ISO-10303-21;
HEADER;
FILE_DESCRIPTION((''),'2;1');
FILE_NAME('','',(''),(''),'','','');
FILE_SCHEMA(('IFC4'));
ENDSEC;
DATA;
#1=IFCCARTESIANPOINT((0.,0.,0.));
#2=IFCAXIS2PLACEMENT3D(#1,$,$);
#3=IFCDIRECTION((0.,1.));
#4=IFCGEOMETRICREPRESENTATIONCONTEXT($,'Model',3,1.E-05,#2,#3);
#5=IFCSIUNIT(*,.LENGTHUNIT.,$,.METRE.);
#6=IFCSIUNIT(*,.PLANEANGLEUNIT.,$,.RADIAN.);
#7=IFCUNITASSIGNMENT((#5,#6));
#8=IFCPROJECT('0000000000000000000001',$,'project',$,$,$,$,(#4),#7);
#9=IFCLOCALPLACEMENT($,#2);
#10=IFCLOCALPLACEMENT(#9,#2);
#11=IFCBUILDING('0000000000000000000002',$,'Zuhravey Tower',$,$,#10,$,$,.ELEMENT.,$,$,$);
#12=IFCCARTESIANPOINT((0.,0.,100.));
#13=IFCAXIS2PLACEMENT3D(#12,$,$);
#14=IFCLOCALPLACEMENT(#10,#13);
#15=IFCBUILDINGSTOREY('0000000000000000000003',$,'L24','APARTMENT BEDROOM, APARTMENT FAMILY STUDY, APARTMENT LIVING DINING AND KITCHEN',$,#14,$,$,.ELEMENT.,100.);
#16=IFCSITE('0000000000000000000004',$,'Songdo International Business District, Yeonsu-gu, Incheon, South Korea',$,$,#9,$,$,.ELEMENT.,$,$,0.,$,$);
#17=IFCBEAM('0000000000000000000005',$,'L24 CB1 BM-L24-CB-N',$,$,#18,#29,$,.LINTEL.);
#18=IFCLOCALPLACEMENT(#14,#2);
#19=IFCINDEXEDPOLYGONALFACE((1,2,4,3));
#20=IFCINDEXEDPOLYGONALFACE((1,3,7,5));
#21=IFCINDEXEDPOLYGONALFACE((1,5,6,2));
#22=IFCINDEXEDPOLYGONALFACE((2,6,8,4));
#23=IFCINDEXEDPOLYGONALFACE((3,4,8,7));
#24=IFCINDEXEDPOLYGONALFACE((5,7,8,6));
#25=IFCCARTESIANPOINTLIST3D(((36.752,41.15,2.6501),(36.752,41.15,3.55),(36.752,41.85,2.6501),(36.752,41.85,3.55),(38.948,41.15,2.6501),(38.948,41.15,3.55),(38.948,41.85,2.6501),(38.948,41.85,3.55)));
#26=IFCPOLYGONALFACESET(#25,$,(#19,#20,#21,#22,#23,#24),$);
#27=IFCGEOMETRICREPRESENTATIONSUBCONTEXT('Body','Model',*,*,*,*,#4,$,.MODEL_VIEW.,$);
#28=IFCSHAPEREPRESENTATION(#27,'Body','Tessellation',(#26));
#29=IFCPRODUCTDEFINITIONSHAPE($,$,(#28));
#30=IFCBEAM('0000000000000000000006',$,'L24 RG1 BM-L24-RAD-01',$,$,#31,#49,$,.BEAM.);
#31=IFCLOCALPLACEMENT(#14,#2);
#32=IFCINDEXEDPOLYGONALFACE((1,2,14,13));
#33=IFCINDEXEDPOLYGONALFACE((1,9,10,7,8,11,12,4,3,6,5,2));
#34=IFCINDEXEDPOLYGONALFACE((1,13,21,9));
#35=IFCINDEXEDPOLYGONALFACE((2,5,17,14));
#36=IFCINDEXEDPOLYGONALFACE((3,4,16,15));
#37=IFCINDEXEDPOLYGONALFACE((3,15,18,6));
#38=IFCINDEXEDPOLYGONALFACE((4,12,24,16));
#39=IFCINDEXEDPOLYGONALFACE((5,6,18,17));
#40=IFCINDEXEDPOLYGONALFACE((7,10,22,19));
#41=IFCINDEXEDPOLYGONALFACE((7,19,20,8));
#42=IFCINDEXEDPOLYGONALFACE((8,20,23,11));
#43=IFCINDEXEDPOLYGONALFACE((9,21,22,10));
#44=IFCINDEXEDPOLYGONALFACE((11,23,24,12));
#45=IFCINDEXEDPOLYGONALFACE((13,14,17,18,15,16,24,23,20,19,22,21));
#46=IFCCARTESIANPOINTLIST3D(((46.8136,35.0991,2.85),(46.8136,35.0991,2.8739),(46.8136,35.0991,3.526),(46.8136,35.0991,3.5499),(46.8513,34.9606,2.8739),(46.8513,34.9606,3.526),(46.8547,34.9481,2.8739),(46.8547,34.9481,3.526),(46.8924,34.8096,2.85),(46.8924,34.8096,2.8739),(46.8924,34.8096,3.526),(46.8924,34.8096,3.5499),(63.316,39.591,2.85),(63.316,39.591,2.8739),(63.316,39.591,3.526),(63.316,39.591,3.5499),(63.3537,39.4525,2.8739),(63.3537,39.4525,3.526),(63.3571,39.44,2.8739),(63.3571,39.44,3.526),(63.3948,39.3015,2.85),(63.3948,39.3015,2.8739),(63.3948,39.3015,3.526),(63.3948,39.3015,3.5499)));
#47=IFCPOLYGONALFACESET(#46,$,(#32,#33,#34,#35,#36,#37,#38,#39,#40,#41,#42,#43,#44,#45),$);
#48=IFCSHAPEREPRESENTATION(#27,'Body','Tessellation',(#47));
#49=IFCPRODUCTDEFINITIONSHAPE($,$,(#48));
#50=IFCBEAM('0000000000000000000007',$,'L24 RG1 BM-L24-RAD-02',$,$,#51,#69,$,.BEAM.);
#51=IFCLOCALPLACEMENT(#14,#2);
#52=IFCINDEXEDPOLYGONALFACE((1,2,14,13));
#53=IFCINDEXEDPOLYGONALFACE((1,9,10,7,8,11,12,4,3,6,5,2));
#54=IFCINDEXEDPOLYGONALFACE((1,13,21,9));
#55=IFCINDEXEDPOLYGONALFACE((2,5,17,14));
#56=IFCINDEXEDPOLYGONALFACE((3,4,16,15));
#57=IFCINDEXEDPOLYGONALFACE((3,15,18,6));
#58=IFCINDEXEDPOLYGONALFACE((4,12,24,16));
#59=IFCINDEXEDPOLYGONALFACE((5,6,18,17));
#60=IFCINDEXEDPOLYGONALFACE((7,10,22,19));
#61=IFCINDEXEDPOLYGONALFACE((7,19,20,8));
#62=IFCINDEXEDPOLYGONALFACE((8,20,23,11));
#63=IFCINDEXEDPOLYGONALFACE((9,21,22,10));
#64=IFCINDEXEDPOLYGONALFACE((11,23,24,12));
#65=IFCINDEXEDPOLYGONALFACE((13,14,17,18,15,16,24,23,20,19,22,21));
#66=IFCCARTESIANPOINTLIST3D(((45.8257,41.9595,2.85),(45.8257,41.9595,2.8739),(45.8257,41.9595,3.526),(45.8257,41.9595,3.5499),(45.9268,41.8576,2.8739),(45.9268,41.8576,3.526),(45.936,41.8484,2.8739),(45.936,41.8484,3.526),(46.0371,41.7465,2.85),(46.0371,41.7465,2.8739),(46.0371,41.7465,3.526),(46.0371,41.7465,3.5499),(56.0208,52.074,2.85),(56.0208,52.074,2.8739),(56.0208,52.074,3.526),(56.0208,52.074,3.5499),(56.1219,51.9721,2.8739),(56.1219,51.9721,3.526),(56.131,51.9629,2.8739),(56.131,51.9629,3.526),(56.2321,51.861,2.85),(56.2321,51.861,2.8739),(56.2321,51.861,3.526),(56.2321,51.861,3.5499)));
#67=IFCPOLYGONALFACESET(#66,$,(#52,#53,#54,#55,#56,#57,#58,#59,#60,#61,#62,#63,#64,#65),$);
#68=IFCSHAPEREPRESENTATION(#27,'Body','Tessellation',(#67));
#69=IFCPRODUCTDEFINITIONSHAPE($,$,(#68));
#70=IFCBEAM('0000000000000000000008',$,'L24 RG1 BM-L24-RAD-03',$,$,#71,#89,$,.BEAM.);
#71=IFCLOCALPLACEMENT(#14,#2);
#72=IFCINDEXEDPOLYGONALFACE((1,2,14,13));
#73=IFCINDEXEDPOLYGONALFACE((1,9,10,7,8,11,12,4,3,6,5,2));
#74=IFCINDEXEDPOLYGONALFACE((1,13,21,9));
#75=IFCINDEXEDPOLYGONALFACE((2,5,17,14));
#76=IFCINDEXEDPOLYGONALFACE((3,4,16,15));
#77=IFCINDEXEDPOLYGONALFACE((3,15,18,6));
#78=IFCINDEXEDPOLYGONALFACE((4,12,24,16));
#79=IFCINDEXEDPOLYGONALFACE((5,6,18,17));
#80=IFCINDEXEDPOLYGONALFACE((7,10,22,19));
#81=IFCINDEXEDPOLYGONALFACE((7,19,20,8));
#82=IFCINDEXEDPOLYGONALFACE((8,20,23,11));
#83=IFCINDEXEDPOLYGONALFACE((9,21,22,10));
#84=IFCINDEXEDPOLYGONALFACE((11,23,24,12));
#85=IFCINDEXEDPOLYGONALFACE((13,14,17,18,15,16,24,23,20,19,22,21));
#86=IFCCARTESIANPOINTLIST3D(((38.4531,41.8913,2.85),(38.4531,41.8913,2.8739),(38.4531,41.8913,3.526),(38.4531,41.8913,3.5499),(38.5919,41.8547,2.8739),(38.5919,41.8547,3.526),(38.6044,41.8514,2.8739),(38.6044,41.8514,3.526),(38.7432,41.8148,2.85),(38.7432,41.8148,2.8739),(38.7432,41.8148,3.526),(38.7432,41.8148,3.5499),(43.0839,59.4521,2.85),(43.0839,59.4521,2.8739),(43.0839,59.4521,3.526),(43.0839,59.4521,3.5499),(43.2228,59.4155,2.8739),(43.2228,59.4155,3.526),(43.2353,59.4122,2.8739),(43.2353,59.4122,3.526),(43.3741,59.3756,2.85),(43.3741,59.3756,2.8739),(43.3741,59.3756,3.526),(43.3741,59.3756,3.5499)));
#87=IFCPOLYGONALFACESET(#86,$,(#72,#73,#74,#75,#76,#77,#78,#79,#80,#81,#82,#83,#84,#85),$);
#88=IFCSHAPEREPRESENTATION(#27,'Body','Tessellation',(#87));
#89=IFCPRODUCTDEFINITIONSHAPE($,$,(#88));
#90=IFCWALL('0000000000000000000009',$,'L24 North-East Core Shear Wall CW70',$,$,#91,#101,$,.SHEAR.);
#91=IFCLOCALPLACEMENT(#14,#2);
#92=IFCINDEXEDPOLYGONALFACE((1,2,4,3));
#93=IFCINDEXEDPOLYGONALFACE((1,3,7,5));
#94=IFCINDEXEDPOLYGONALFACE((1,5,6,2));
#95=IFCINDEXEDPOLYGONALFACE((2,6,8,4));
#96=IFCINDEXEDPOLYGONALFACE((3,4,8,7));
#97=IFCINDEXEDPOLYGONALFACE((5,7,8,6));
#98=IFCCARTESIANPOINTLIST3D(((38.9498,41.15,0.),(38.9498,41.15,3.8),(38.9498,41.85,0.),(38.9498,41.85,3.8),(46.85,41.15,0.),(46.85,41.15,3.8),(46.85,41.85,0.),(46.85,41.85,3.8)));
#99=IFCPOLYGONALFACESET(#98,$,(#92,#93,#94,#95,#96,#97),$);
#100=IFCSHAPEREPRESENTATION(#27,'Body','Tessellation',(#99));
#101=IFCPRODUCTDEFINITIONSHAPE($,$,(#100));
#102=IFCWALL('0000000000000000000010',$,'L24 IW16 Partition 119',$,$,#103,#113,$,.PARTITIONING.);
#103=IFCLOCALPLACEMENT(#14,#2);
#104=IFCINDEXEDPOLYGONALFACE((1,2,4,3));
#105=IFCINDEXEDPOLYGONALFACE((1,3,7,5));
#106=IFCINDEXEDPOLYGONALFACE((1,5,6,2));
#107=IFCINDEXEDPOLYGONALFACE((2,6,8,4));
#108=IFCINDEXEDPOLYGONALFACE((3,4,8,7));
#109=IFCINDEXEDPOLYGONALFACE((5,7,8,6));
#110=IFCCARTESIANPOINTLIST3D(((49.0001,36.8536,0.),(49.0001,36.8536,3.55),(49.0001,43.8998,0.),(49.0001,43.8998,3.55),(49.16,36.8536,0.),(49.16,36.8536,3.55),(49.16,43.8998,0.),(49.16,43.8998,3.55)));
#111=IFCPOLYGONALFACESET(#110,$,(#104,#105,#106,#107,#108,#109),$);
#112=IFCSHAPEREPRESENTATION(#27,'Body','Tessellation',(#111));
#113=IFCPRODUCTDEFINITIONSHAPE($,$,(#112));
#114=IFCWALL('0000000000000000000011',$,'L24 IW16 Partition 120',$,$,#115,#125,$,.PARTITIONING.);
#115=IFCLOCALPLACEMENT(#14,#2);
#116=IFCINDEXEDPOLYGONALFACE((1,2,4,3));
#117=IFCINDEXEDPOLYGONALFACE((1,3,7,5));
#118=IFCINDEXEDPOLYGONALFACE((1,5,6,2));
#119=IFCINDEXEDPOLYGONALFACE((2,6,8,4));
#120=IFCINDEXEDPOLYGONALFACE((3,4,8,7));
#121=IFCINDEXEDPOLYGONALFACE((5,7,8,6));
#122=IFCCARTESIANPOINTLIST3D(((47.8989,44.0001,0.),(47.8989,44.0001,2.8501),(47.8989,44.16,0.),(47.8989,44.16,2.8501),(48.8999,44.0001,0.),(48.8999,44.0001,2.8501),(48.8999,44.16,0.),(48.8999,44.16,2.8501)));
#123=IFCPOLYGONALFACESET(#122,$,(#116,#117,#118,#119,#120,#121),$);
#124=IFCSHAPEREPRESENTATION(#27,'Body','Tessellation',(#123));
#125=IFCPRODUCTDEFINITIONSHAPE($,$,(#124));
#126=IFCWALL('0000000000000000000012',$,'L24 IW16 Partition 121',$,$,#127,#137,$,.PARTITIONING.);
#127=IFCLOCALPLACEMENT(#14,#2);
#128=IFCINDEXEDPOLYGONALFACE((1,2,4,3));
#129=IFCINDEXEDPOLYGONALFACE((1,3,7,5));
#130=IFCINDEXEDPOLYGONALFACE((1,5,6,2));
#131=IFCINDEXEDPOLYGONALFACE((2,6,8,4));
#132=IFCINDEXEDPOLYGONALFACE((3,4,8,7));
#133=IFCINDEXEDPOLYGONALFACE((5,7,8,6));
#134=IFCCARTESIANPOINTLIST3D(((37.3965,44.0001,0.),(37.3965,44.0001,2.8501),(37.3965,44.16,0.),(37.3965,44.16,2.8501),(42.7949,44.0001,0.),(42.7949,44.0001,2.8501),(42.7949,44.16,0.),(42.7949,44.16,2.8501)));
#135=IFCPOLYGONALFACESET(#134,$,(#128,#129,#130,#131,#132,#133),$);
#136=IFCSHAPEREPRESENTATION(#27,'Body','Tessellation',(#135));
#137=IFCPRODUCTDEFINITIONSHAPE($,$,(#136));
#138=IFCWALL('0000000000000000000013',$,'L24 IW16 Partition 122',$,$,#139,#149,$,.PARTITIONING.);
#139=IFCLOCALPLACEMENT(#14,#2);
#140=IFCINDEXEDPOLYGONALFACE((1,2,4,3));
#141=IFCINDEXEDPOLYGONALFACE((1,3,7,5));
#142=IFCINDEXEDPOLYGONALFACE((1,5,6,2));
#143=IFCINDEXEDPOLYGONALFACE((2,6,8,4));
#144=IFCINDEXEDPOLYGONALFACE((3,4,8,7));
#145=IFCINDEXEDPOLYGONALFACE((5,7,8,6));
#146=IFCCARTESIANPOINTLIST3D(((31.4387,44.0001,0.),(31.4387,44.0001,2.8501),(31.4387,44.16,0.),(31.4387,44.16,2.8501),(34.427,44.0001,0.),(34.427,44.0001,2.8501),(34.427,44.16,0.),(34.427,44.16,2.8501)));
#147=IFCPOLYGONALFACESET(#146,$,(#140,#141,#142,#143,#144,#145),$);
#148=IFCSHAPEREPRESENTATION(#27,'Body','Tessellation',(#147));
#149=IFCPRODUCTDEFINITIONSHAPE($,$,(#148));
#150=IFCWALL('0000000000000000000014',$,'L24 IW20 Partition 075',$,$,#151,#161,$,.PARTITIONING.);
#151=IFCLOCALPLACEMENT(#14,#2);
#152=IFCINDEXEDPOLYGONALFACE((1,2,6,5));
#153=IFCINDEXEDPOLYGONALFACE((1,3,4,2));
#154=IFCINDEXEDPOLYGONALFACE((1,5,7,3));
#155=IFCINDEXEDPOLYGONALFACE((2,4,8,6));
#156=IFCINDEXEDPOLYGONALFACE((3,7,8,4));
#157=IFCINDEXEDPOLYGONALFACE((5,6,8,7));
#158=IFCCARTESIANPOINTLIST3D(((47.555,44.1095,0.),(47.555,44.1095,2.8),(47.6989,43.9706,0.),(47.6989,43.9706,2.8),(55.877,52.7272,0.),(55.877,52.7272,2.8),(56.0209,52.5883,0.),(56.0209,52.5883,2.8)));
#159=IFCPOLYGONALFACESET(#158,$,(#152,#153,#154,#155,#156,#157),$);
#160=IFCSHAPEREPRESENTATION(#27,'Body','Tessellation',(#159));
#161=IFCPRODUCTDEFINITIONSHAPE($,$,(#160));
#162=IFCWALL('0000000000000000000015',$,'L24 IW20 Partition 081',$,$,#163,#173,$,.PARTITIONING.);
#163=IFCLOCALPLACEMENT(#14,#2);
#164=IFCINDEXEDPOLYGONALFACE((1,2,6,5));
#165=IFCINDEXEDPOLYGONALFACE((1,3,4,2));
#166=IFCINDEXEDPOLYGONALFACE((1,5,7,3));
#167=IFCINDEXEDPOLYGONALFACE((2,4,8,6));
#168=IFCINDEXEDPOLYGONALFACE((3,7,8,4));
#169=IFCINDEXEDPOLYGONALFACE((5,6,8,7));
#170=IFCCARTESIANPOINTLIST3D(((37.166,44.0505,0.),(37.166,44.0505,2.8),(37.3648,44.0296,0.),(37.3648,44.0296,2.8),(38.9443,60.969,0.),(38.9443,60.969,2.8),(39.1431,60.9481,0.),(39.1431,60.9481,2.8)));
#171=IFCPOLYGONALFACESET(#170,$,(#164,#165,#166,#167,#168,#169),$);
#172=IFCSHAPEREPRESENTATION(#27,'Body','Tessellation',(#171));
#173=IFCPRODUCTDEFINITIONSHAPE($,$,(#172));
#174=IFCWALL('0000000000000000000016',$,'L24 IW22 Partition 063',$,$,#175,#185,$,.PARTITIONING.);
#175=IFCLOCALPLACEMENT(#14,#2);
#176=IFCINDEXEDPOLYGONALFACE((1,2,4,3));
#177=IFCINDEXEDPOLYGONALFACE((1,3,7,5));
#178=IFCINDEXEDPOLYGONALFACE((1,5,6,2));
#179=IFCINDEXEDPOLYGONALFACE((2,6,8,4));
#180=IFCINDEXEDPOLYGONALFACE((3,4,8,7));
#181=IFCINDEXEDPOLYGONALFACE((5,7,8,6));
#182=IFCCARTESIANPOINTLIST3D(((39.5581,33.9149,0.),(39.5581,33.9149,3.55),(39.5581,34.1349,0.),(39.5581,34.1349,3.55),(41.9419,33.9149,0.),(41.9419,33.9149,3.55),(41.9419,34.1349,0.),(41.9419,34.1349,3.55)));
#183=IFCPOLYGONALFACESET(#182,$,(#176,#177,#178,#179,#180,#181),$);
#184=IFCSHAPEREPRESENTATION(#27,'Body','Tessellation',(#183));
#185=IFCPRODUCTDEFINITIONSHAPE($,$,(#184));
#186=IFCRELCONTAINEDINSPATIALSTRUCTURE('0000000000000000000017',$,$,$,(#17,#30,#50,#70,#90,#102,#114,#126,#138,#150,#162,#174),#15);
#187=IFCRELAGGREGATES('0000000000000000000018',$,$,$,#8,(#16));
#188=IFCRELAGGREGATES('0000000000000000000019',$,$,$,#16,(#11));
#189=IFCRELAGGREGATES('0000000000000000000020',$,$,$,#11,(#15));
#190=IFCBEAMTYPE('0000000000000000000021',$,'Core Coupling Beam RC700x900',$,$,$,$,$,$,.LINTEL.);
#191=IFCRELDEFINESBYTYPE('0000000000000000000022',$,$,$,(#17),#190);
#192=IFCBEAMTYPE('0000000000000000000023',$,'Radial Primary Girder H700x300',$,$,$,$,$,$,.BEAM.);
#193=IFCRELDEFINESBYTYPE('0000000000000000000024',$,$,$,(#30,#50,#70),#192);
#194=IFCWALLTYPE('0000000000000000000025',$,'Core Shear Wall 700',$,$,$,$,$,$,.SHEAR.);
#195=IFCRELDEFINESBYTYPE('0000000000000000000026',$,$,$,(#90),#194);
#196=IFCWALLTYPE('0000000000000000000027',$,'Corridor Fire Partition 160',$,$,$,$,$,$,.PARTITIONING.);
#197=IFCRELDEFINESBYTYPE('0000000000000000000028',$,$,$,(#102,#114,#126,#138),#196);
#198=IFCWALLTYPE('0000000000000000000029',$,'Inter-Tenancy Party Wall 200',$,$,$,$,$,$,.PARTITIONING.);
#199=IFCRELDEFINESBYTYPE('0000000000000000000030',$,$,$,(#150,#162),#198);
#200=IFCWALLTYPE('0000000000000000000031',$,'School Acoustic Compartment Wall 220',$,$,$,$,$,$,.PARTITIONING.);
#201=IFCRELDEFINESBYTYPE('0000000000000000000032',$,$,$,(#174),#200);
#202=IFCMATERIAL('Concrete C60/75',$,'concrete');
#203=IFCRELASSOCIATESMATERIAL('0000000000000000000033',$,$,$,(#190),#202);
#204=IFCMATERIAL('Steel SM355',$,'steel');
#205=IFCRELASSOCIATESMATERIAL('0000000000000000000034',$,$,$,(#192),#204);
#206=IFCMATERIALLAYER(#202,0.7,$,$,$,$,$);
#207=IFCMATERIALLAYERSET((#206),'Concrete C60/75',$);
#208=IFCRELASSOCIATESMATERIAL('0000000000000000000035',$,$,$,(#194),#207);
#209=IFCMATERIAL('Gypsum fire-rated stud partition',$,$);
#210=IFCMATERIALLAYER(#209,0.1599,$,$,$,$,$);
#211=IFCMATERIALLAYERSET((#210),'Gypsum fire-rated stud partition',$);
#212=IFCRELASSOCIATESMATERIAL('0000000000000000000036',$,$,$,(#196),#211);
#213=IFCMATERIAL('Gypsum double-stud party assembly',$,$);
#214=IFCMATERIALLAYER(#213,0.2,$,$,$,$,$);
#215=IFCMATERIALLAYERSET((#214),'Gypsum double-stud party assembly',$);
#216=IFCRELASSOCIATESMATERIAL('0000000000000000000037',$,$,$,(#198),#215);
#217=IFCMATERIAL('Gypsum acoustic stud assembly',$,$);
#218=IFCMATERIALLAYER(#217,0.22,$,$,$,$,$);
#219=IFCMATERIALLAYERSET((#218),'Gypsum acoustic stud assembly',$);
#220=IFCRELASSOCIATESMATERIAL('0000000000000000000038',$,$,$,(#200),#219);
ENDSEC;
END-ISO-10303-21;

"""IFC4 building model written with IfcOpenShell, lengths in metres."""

from ifc_helpers import new_model, si_unit, direction, frame, frame_2d, origin, origin_2d, place, context, subcontext, project, spatial, rectangle, i_section, extrude, material, layer, layer_set, material_profile, profile_set, type_object, element, save


model = new_model("IFC4")

# Units and contexts
model_context = context("Model", 3, precision=1e-05, world=origin(), true_north=direction((0.0, 1.0)))
body_context = subcontext(model_context, "Body", "Model", "MODEL_VIEW")
ifc_project = project(units=[si_unit("LENGTHUNIT", "METRE"), si_unit("PLANEANGLEUNIT", "RADIAN")], contexts=[model_context])

# Site, building, storey
site_placement = place(None, origin())
site = spatial("IfcSite", under=ifc_project, at=site_placement, Name="Songdo International Business District, Yeonsu-gu, Incheon, South Korea", CompositionType="ELEMENT", RefElevation=0.0)
building_placement = place(site_placement, origin())
building = spatial("IfcBuilding", under=site, at=building_placement, Name="Zuhravey Tower", CompositionType="ELEMENT")
storey_placement = place(building_placement, frame((0.0, 0.0, 100.0)))
storey = spatial("IfcBuildingStorey", under=building, at=storey_placement, Name="L24", Description="APARTMENT BEDROOM, APARTMENT FAMILY STUDY, APARTMENT LIVING DINING AND KITCHEN", CompositionType="ELEMENT", Elevation=100.0)

# Beams
ifc_material_1 = material(Name="Concrete C60/75", Category="concrete")
ifc_material_profile_1 = material_profile(ifc_material_1, rectangle(XDim=0.7, YDim=0.8999, at=origin_2d()), Name="RC-700x900")
ifc_profile_set_1 = profile_set([ifc_material_profile_1], Name="Concrete C60/75")
beam_type_1 = type_object("IfcBeamType", Name="Core Coupling Beam RC700x900", PredefinedType="LINTEL", material=ifc_profile_set_1)
beam_1_placement = place(storey_placement, frame((36.752, 41.5, 3.1001), z_axis=(1.0, 0.0, 0.0), x_axis=(0.0, 1.0, 0.0)))
element("IfcBeam", 1, at=beam_1_placement, inside=storey, type_object=beam_type_1, Name="L24 CB1 BM-L24-CB-N", PredefinedType="LINTEL", context=body_context, shape_type="SweptSolid", body=[
    extrude(rectangle(XDim=0.7, YDim=0.8999, at=origin_2d()), origin(), (0.0, 0.0, 1.0), 2.196),
])
ifc_material_2 = material(Name="Steel SM355", Category="steel")
ifc_material_profile_2 = material_profile(ifc_material_2, i_section(OverallWidth=0.3, OverallDepth=0.7, WebThickness=0.0129, FlangeThickness=0.0239, at=origin_2d()), Name="H-700x300x13x24")
ifc_profile_set_2 = profile_set([ifc_material_profile_2], Name="Steel SM355")
beam_type_2 = type_object("IfcBeamType", Name="Radial Primary Girder H700x300", PredefinedType="BEAM", material=ifc_profile_set_2)
beam_2_placement = place(storey_placement, frame((46.853, 34.9543, 3.2), z_axis=(0.964893, 0.262643, 0.0), x_axis=(-0.262643, 0.964893, 0.0)))
element("IfcBeam", 2, at=beam_2_placement, inside=storey, type_object=beam_type_2, Name="L24 RG1 BM-L24-RAD-01", PredefinedType="BEAM", context=body_context, shape_type="SweptSolid", body=[
    extrude(i_section(OverallWidth=0.3, OverallDepth=0.7, WebThickness=0.0129, FlangeThickness=0.0239, at=origin_2d()), origin(), (0.0, 0.0, 1.0), 17.1028),
])
beam_3_placement = place(storey_placement, frame((45.9314, 41.853, 3.2), z_axis=(0.709906, 0.704296, 0.0), x_axis=(-0.704296, 0.709906, 0.0)))
element("IfcBeam", 3, at=beam_3_placement, inside=storey, type_object=beam_type_2, Name="L24 RG1 BM-L24-RAD-02", PredefinedType="BEAM", context=body_context, shape_type="SweptSolid", body=[
    extrude(i_section(OverallWidth=0.3, OverallDepth=0.7, WebThickness=0.0129, FlangeThickness=0.0239, at=origin_2d()), origin(), (0.0, 0.0, 1.0), 14.3611),
])
beam_4_placement = place(storey_placement, frame((38.5981, 41.853, 3.2), z_axis=(0.254988, 0.966944, 0.0), x_axis=(-0.966944, 0.254988, 0.0)))
element("IfcBeam", 4, at=beam_4_placement, inside=storey, type_object=beam_type_2, Name="L24 RG1 BM-L24-RAD-03", PredefinedType="BEAM", context=body_context, shape_type="SweptSolid", body=[
    extrude(i_section(OverallWidth=0.3, OverallDepth=0.7, WebThickness=0.0129, FlangeThickness=0.0239, at=origin_2d()), origin(), (0.0, 0.0, 1.0), 18.1611),
])

# Wall
ifc_layer_1 = layer(ifc_material_1, 0.7)
ifc_layer_set_1 = layer_set([ifc_layer_1], Name="Concrete C60/75")
wall_type_1 = type_object("IfcWallType", Name="Core Shear Wall 700", PredefinedType="SHEAR", material=ifc_layer_set_1)
wall_1_placement = place(storey_placement, frame((46.8501, 41.5, 0.0), z_axis=(0.0, 0.0, 1.0), x_axis=(-1.0, 0.0, 0.0)))
element("IfcWall", 5, at=wall_1_placement, inside=storey, type_object=wall_type_1, Name="L24 North-East Core Shear Wall CW70", PredefinedType="SHEAR", context=body_context, shape_type="SweptSolid", body=[
    extrude(rectangle(XDim=7.9001, YDim=0.7, at=frame_2d((3.9502, 0.0))), origin(), (0.0, 0.0, 1.0), 3.8),
])

# Shared definitions
ifc_material_3 = material(Name="Gypsum fire-rated stud partition")
ifc_layer_2 = layer(ifc_material_3, 0.1599)
ifc_layer_set_2 = layer_set([ifc_layer_2], Name="Gypsum fire-rated stud partition")
wall_type_2 = type_object("IfcWallType", Name="Corridor Fire Partition 160", PredefinedType="PARTITIONING", material=ifc_layer_set_2)

# Walls
wall_2_placement = place(storey_placement, frame((49.0801, 36.8538, 0.0), z_axis=(0.0, 0.0, 1.0), x_axis=(0.0, 1.0, 0.0)))
element("IfcWall", 6, at=wall_2_placement, inside=storey, type_object=wall_type_2, Name="L24 IW16 Partition 119", PredefinedType="PARTITIONING", context=body_context, shape_type="SweptSolid", body=[
    extrude(rectangle(XDim=7.0461, YDim=0.1599, at=frame_2d((3.5229, 0.0))), origin(), (0.0, 0.0, 1.0), 3.55),
])
wall_3_placement = place(storey_placement, frame((48.8999, 44.0801, 0.0), z_axis=(0.0, 0.0, 1.0), x_axis=(-1.0, 0.0, 0.0)))
element("IfcWall", 7, at=wall_3_placement, inside=storey, type_object=wall_type_2, Name="L24 IW16 Partition 120", PredefinedType="PARTITIONING", context=body_context, shape_type="SweptSolid", body=[
    extrude(rectangle(XDim=1.001, YDim=0.1599, at=frame_2d((0.5005, 0.0))), origin(), (0.0, 0.0, 1.0), 2.8501),
])
wall_4_placement = place(storey_placement, frame((42.7949, 44.0801, 0.0), z_axis=(0.0, 0.0, 1.0), x_axis=(-1.0, 0.0, 0.0)))
element("IfcWall", 8, at=wall_4_placement, inside=storey, type_object=wall_type_2, Name="L24 IW16 Partition 121", PredefinedType="PARTITIONING", context=body_context, shape_type="SweptSolid", body=[
    extrude(rectangle(XDim=5.3984, YDim=0.1599, at=frame_2d((2.6992, 0.0))), origin(), (0.0, 0.0, 1.0), 2.8501),
])
wall_5_placement = place(storey_placement, frame((34.427, 44.0801, 0.0), z_axis=(0.0, 0.0, 1.0), x_axis=(-1.0, 0.0, 0.0)))
element("IfcWall", 9, at=wall_5_placement, inside=storey, type_object=wall_type_2, Name="L24 IW16 Partition 122", PredefinedType="PARTITIONING", context=body_context, shape_type="SweptSolid", body=[
    extrude(rectangle(XDim=2.9883, YDim=0.1599, at=frame_2d((1.4941, 0.0))), origin(), (0.0, 0.0, 1.0), 2.8501),
])

# Walls
ifc_material_4 = material(Name="Gypsum double-stud party assembly")
ifc_layer_3 = layer(ifc_material_4, 0.2)
ifc_layer_set_3 = layer_set([ifc_layer_3], Name="Gypsum double-stud party assembly")
wall_type_3 = type_object("IfcWallType", Name="Inter-Tenancy Party Wall 200", PredefinedType="PARTITIONING", material=ifc_layer_set_3)
wall_6_placement = place(storey_placement, frame((47.627, 44.04, 0.0), z_axis=(0.0, 0.0, 1.0), x_axis=(0.69466, 0.719339, 0.0)))
element("IfcWall", 10, at=wall_6_placement, inside=storey, type_object=wall_type_3, Name="L24 IW20 Partition 075", PredefinedType="PARTITIONING", context=body_context, shape_type="SweptSolid", body=[
    extrude(rectangle(XDim=11.98, YDim=0.2, at=frame_2d((5.99, 0.0))), origin(), (0.0, 0.0, 1.0), 2.8),
])
wall_7_placement = place(storey_placement, frame((37.2654, 44.04, 0.0), z_axis=(0.0, 0.0, 1.0), x_axis=(0.104535, 0.994521, 0.0)))
element("IfcWall", 11, at=wall_7_placement, inside=storey, type_object=wall_type_3, Name="L24 IW20 Partition 081", PredefinedType="PARTITIONING", context=body_context, shape_type="SweptSolid", body=[
    extrude(rectangle(XDim=17.0117, YDim=0.2, at=frame_2d((8.5059, 0.0))), origin(), (0.0, 0.0, 1.0), 2.8),
])
ifc_material_5 = material(Name="Gypsum acoustic stud assembly")
ifc_layer_4 = layer(ifc_material_5, 0.22)
ifc_layer_set_4 = layer_set([ifc_layer_4], Name="Gypsum acoustic stud assembly")
wall_type_4 = type_object("IfcWallType", Name="School Acoustic Compartment Wall 220", PredefinedType="PARTITIONING", material=ifc_layer_set_4)
for number, where, z_axis, x_axis, name in (
    (12, (39.5581, 34.0249, 0.0), (0.0, 0.0, 1.0), (1.0, 0.0, 0.0), "L24 IW22 Partition 063"),
):
    element("IfcWall", number, at=place(storey_placement, frame(where, z_axis=z_axis, x_axis=x_axis)), inside=storey, type_object=wall_type_4, Name=name, PredefinedType="PARTITIONING", context=body_context, shape_type="SweptSolid", body=[
        extrude(rectangle(XDim=2.3838, YDim=0.22, at=frame_2d((1.1919, 0.0))), origin(), (0.0, 0.0, 1.0), 3.55),
    ])

save(model, "model.ifc")
